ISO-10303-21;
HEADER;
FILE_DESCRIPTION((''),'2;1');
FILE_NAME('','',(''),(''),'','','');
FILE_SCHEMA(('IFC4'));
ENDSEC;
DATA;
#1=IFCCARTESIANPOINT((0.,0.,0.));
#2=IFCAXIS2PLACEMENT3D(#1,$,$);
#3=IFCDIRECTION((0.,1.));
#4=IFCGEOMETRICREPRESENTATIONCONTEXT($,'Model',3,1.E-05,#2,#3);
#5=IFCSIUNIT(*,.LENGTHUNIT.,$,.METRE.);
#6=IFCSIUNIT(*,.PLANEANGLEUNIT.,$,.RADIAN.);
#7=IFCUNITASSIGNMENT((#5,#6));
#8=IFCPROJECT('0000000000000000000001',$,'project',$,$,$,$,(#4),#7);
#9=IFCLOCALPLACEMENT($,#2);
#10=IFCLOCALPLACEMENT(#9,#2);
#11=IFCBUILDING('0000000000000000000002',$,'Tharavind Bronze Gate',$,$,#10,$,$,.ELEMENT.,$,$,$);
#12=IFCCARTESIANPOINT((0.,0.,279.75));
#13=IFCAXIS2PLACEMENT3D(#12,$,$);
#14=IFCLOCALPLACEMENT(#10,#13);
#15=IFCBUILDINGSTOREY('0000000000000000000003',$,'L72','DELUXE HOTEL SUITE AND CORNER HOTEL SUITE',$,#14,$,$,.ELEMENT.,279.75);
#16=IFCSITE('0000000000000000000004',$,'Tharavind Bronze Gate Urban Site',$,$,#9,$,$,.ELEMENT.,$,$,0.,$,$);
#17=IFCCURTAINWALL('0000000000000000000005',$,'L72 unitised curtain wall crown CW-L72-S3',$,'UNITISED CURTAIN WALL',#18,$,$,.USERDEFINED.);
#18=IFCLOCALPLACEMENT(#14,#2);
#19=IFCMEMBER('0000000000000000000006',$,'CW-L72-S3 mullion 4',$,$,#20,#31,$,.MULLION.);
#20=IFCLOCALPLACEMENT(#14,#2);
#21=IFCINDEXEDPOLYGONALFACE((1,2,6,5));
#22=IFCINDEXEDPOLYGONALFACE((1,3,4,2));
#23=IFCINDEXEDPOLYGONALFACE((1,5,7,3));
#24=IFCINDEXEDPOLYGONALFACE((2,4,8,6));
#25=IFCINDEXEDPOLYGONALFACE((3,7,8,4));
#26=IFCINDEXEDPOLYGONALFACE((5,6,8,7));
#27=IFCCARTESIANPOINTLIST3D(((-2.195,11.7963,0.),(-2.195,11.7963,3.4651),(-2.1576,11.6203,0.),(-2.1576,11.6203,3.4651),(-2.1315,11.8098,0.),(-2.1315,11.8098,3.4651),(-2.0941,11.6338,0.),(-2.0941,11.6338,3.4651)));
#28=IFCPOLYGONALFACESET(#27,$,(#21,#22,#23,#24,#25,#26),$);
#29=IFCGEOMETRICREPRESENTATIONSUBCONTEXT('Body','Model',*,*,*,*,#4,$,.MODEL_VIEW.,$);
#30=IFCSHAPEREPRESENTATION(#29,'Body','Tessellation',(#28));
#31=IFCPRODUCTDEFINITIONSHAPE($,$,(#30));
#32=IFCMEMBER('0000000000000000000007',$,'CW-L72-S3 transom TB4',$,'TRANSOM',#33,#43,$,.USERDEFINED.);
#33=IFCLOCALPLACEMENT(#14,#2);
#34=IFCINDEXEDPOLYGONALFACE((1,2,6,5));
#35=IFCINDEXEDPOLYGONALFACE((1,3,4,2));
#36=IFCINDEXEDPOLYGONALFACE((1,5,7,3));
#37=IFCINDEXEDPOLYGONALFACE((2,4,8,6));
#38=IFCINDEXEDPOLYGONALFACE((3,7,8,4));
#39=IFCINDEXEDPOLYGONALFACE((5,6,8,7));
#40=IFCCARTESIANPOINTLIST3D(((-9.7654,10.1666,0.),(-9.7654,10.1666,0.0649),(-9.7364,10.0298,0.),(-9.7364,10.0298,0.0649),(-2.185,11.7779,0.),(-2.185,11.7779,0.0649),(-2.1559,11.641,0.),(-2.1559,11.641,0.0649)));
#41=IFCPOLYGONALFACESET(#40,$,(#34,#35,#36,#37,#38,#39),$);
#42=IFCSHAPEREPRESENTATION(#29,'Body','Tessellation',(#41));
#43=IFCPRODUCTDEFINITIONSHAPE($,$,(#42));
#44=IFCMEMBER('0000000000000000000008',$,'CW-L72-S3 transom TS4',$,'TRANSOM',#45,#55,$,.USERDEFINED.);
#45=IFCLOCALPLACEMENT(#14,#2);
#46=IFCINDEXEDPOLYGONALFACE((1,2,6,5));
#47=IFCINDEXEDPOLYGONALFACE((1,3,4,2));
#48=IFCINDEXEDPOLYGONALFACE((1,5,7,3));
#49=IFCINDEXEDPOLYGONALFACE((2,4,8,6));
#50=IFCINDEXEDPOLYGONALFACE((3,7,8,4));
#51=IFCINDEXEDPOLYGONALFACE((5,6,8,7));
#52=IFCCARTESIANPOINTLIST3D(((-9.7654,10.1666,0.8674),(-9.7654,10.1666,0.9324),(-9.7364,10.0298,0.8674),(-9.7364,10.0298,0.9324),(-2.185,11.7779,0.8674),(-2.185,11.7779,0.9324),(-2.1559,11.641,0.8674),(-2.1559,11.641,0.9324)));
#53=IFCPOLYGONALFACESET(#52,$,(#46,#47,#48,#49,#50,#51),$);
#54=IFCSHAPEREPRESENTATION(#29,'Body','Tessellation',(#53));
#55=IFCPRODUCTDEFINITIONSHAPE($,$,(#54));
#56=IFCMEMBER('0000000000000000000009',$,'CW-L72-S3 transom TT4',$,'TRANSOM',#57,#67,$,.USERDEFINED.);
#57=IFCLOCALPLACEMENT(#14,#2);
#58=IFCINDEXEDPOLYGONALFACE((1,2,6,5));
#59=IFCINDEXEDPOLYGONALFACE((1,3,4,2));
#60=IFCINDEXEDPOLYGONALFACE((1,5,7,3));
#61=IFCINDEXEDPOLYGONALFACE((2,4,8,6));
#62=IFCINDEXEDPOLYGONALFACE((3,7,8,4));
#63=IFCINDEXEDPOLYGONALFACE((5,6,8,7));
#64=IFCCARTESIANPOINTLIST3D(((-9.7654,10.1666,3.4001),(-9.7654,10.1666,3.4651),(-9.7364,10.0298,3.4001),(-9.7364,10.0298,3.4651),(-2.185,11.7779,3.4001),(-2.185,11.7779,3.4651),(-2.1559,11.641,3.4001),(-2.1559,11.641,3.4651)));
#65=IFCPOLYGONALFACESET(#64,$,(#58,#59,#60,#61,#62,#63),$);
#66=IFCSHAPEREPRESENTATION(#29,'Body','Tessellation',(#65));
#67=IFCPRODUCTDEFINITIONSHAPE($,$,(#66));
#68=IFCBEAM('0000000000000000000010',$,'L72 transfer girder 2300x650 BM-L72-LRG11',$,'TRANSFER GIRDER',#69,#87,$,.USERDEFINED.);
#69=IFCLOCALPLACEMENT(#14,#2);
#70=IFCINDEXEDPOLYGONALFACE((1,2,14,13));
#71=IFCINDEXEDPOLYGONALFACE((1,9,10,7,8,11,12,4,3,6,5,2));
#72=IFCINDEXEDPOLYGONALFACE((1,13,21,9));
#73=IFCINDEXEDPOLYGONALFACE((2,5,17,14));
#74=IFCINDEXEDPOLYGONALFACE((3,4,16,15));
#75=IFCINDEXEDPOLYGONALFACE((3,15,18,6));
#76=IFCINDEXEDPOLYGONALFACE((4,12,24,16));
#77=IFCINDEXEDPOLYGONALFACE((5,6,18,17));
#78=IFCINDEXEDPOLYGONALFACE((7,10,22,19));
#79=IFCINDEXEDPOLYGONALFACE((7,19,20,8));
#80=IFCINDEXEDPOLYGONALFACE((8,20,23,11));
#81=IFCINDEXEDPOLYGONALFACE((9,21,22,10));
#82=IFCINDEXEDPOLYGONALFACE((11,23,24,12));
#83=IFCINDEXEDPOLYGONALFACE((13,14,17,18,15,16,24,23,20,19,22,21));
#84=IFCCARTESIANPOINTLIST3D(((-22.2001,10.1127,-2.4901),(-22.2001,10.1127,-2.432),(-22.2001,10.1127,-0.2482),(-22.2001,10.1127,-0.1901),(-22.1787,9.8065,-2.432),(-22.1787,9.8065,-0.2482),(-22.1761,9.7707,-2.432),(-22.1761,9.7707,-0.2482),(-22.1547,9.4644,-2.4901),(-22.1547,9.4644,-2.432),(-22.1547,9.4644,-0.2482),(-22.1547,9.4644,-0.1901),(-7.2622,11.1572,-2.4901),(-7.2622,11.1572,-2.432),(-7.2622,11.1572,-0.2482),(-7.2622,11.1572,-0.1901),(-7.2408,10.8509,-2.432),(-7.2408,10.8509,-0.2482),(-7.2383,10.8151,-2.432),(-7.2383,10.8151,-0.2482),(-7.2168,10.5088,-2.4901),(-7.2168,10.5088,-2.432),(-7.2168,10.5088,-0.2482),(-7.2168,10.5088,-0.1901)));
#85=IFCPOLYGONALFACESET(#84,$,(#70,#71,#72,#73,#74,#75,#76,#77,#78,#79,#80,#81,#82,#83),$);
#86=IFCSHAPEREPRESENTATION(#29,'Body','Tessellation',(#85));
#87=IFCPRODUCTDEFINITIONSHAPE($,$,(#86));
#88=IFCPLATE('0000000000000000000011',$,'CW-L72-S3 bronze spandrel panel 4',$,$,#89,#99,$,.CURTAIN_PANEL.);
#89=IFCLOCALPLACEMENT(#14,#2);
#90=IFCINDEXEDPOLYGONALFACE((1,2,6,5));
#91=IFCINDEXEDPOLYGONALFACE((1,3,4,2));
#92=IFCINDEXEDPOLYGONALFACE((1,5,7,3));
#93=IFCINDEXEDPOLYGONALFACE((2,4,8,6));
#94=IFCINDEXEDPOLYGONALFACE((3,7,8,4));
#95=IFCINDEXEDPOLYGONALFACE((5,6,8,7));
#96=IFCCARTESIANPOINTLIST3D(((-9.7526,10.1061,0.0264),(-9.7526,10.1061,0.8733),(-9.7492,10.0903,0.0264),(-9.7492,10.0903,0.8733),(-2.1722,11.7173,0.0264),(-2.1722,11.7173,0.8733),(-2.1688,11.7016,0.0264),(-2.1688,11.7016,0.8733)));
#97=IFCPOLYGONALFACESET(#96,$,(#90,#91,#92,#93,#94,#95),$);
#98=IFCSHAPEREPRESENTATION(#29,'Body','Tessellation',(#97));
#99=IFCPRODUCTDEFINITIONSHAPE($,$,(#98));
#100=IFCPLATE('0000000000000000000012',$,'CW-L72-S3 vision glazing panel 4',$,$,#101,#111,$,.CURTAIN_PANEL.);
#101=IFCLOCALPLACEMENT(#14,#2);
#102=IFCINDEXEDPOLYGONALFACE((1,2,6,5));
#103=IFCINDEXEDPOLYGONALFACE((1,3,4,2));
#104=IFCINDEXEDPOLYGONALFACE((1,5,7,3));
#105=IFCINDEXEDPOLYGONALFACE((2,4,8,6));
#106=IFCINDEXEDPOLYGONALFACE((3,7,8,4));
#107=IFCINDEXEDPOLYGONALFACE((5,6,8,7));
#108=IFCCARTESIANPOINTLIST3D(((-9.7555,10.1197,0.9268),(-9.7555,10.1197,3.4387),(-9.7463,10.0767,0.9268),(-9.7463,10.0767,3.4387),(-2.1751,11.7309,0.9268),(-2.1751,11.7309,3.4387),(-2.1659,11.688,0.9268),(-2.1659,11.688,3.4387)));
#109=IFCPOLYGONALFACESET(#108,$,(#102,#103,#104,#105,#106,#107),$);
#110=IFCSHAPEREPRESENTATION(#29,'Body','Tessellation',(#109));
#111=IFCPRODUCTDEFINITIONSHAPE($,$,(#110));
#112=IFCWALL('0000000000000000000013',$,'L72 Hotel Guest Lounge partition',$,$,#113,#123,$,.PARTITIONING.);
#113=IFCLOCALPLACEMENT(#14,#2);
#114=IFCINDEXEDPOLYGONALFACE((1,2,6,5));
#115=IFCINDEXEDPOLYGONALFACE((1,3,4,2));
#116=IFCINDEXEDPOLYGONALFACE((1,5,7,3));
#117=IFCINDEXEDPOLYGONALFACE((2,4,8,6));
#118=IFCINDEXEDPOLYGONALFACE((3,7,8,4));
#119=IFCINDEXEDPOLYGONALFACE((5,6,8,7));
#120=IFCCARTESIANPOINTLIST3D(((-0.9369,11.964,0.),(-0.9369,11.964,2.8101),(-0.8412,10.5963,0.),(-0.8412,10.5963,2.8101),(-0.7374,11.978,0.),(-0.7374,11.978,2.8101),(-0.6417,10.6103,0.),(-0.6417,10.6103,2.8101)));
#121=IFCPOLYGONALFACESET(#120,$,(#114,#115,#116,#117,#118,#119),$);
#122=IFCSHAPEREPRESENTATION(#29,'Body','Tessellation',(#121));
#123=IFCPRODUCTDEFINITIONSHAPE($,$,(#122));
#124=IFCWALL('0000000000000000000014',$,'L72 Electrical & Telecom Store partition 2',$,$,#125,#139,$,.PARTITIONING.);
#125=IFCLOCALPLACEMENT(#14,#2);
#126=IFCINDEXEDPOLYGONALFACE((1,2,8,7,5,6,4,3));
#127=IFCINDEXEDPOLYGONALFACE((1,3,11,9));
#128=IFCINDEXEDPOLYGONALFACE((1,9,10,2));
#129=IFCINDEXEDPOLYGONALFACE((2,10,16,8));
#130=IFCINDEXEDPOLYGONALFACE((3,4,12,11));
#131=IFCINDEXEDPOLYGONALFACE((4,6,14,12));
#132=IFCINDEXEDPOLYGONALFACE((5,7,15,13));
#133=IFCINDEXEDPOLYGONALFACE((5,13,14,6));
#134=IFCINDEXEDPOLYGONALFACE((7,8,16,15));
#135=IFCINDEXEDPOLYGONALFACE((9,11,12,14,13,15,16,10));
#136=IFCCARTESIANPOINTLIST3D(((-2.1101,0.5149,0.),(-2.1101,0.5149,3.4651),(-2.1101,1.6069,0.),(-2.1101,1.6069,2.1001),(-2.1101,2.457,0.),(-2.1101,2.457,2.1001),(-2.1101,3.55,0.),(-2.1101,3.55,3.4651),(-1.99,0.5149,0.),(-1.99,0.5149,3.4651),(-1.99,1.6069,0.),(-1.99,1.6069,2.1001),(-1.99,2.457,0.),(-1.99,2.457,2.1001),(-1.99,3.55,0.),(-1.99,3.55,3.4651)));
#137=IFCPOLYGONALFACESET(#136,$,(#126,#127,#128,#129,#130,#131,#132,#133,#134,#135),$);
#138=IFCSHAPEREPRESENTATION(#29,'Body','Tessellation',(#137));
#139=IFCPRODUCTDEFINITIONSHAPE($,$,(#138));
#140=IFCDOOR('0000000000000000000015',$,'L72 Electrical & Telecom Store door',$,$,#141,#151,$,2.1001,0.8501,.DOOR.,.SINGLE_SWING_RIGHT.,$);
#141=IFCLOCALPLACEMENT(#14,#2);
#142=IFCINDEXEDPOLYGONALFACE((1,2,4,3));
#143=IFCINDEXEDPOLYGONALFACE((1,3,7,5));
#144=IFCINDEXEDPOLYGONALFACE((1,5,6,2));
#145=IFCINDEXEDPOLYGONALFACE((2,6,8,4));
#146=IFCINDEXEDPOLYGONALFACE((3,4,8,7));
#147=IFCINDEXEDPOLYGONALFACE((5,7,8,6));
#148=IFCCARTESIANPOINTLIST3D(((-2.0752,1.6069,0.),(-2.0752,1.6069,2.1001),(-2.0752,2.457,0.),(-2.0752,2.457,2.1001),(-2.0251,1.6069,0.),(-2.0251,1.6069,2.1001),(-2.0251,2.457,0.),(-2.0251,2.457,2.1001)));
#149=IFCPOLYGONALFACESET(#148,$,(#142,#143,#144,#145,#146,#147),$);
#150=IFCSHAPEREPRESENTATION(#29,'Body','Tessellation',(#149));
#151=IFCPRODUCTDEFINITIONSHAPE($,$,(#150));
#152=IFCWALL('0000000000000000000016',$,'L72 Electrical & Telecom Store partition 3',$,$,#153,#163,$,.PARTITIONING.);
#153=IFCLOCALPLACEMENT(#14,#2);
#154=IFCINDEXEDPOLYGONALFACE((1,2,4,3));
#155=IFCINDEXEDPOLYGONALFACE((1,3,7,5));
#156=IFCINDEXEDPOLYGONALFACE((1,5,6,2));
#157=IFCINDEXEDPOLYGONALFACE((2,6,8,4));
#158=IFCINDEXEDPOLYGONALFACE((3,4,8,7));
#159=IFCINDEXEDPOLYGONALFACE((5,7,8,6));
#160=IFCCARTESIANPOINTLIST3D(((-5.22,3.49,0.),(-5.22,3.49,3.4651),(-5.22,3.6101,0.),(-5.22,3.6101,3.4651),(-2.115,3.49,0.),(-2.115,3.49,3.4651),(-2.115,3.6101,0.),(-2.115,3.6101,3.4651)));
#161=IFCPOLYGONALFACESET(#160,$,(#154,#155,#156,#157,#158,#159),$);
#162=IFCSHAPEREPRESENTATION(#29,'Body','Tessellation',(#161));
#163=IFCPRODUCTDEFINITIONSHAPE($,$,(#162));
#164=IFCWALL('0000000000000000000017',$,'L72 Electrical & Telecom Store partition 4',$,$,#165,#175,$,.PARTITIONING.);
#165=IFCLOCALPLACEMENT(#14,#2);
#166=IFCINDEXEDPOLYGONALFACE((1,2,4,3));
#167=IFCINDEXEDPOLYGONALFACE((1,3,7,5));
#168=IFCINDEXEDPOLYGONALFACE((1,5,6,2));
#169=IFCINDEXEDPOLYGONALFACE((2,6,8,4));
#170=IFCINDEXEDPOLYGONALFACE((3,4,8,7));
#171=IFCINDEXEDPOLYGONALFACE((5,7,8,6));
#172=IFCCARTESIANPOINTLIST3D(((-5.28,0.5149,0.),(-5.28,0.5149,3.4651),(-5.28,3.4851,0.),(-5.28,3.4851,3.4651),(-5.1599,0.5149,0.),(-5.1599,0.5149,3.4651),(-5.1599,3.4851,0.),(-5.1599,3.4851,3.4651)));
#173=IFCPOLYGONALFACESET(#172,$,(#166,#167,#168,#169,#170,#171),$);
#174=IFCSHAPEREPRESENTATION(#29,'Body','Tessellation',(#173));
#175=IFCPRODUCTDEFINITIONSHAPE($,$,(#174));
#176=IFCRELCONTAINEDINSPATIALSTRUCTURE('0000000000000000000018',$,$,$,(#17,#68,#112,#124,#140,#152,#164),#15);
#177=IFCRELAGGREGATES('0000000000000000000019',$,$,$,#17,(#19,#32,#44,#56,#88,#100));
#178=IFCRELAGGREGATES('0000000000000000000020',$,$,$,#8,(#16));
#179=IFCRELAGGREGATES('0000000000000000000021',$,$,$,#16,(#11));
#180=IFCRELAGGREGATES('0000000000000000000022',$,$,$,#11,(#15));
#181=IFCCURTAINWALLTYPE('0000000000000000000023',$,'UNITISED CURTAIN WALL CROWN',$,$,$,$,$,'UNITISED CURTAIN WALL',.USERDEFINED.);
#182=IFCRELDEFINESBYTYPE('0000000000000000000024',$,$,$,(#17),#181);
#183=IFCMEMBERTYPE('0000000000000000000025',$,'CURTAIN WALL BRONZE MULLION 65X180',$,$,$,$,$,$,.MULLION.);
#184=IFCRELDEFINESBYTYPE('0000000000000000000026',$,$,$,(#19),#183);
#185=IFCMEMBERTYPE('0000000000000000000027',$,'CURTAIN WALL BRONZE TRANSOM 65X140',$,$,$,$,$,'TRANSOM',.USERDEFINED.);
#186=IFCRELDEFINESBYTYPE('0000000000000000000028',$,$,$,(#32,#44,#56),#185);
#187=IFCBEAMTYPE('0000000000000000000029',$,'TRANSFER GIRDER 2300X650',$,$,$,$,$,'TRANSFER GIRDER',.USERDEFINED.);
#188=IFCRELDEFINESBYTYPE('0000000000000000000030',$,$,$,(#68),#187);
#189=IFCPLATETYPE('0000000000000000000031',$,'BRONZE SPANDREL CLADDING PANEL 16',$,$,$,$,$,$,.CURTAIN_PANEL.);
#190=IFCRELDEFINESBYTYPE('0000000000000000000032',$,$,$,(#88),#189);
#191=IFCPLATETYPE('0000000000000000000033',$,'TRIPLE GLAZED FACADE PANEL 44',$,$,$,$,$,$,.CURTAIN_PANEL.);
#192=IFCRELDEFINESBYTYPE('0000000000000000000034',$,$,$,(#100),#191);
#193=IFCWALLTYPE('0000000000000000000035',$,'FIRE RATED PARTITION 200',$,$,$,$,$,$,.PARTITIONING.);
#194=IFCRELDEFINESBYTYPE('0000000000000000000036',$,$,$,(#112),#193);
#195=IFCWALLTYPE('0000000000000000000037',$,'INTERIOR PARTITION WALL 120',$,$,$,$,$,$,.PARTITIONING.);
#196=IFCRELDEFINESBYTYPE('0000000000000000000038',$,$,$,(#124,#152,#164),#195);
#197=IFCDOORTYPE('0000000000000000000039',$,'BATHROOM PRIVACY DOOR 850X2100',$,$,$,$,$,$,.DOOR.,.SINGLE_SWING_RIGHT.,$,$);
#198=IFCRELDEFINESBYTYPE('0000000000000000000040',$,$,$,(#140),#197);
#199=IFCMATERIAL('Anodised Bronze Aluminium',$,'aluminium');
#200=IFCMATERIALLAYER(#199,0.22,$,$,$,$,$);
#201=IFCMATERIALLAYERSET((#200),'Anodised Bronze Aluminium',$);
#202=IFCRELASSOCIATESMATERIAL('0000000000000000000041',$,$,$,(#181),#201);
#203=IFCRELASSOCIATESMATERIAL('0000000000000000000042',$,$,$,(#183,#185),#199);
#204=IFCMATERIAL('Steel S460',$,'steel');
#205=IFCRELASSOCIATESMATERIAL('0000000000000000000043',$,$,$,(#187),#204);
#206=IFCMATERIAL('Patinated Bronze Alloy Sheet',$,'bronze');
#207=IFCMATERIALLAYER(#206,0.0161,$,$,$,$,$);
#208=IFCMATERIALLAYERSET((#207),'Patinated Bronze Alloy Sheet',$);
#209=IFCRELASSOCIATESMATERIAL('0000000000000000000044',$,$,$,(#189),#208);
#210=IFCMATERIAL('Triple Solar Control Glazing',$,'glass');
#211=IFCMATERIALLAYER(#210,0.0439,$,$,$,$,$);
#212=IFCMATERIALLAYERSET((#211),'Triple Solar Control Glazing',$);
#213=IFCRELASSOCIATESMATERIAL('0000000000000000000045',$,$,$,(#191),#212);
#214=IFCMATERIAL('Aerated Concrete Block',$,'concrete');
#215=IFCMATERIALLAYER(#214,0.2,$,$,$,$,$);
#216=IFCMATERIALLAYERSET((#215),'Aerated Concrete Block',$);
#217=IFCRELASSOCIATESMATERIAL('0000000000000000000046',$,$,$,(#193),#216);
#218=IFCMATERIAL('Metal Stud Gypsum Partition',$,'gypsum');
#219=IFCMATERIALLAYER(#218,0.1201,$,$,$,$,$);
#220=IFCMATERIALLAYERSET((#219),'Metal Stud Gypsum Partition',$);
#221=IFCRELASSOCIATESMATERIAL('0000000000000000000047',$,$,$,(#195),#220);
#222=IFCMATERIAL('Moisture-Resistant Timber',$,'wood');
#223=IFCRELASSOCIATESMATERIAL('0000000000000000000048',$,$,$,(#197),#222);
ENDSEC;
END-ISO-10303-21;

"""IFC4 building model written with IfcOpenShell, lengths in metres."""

from ifc_helpers import new_model, si_unit, direction, frame, frame_2d, origin, origin_2d, place, context, subcontext, project, spatial, rectangle, i_section, extrude, material, layer, layer_set, material_profile, profile_set, type_object, element, fill, aggregate, save


model = new_model("IFC4")

# Units and contexts
model_context = context("Model", 3, precision=1e-05, world=origin(), true_north=direction((0.0, 1.0)))
body_context = subcontext(model_context, "Body", "Model", "MODEL_VIEW")
ifc_project = project(units=[si_unit("LENGTHUNIT", "METRE"), si_unit("PLANEANGLEUNIT", "RADIAN")], contexts=[model_context])

# Site, building, storey
site_placement = place(None, origin())
site = spatial("IfcSite", under=ifc_project, at=site_placement, Name="Tharavind Bronze Gate Urban Site", CompositionType="ELEMENT", RefElevation=0.0)
building_placement = place(site_placement, origin())
building = spatial("IfcBuilding", under=site, at=building_placement, Name="Tharavind Bronze Gate", CompositionType="ELEMENT")
storey_placement = place(building_placement, frame((0.0, 0.0, 279.75)))
storey = spatial("IfcBuildingStorey", under=building, at=storey_placement, Name="L72", Description="DELUXE HOTEL SUITE AND CORNER HOTEL SUITE", CompositionType="ELEMENT", Elevation=279.75)

# Curtain wall, members
ifc_material_1 = material(Name="Anodised Bronze Aluminium", Category="aluminium")
ifc_layer_1 = layer(ifc_material_1, 0.22)
ifc_layer_set_1 = layer_set([ifc_layer_1], Name="Anodised Bronze Aluminium")
curtain_wall_type = type_object("IfcCurtainWallType", Name="UNITISED CURTAIN WALL CROWN", ElementType="UNITISED CURTAIN WALL", PredefinedType="USERDEFINED", material=ifc_layer_set_1)
curtain_wall_placement = place(storey_placement, origin())
curtain_wall = element("IfcCurtainWall", 1, at=curtain_wall_placement, inside=storey, type_object=curtain_wall_type, Name="L72 unitised curtain wall crown CW-L72-S3", ObjectType="UNITISED CURTAIN WALL", PredefinedType="USERDEFINED")
member_type_1 = type_object("IfcMemberType", Name="CURTAIN WALL BRONZE MULLION 65X180", PredefinedType="MULLION", material=ifc_material_1)
member_1_placement = place(storey_placement, frame((-2.1445, 11.7151, 0.0), z_axis=(0.0, 0.0, 1.0), x_axis=(-0.978147, -0.207913, 0.0)))
member_1 = element("IfcMember", 2, at=member_1_placement, type_object=member_type_1, Name="CW-L72-S3 mullion 4", PredefinedType="MULLION", context=body_context, shape_type="SweptSolid", body=[
    extrude(rectangle(XDim=0.0649, YDim=0.1799, at=origin_2d()), origin(), (0.0, 0.0, 1.0), 3.4651),
])
member_type_2 = type_object("IfcMemberType", Name="CURTAIN WALL BRONZE TRANSOM 65X140", ElementType="TRANSOM", PredefinedType="USERDEFINED", material=ifc_material_1)
member_2_placement = place(storey_placement, frame((-5.9607, 10.9038, 0.0), z_axis=(0.0, 0.0, 1.0), x_axis=(-0.978147, -0.207913, 0.0)))
member_2 = element("IfcMember", 3, at=member_2_placement, type_object=member_type_2, Name="CW-L72-S3 transom TB4", ObjectType="TRANSOM", PredefinedType="USERDEFINED", context=body_context, shape_type="SweptSolid", body=[
    extrude(rectangle(XDim=7.7498, YDim=0.1399, at=origin_2d()), origin(), (0.0, 0.0, 1.0), 0.0649),
])
member_3_placement = place(storey_placement, frame((-5.9607, 10.9038, 0.8674), z_axis=(0.0, 0.0, 1.0), x_axis=(-0.978147, -0.207913, 0.0)))
member_3 = element("IfcMember", 4, at=member_3_placement, type_object=member_type_2, Name="CW-L72-S3 transom TS4", ObjectType="TRANSOM", PredefinedType="USERDEFINED", context=body_context, shape_type="SweptSolid", body=[
    extrude(rectangle(XDim=7.7498, YDim=0.1399, at=origin_2d()), origin(), (0.0, 0.0, 1.0), 0.0649),
])
member_4_placement = place(storey_placement, frame((-5.9607, 10.9038, 3.4001), z_axis=(0.0, 0.0, 1.0), x_axis=(-0.978147, -0.207913, 0.0)))
member_4 = element("IfcMember", 5, at=member_4_placement, type_object=member_type_2, Name="CW-L72-S3 transom TT4", ObjectType="TRANSOM", PredefinedType="USERDEFINED", context=body_context, shape_type="SweptSolid", body=[
    extrude(rectangle(XDim=7.7498, YDim=0.1399, at=origin_2d()), origin(), (0.0, 0.0, 1.0), 0.0649),
])

# Beam
ifc_material_2 = material(Name="Steel S460", Category="steel")
ifc_material_profile = material_profile(ifc_material_2, i_section(OverallWidth=0.6499, OverallDepth=2.3, WebThickness=0.0359, FlangeThickness=0.0581, at=origin_2d()), Name="PG2300X650")
ifc_profile_set = profile_set([ifc_material_profile], Name="Steel S460")
beam_type = type_object("IfcBeamType", Name="TRANSFER GIRDER 2300X650", ElementType="TRANSFER GIRDER", PredefinedType="USERDEFINED", material=ifc_profile_set)
beam_placement = place(storey_placement, frame((-7.2395, 10.833, -1.3401), z_axis=(-0.997565, -0.069748, 0.0), x_axis=(0.069748, -0.997565, 0.0)))
element("IfcBeam", 6, at=beam_placement, inside=storey, type_object=beam_type, Name="L72 transfer girder 2300x650 BM-L72-LRG11", ObjectType="TRANSFER GIRDER", PredefinedType="USERDEFINED", context=body_context, shape_type="SweptSolid", body=[
    extrude(i_section(OverallWidth=0.6499, OverallDepth=2.3, WebThickness=0.0359, FlangeThickness=0.0581, at=origin_2d()), origin(), (0.0, 0.0, 1.0), 14.9744),
])

# Plates
ifc_material_3 = material(Name="Patinated Bronze Alloy Sheet", Category="bronze")
ifc_layer_2 = layer(ifc_material_3, 0.0161)
ifc_layer_set_2 = layer_set([ifc_layer_2], Name="Patinated Bronze Alloy Sheet")
plate_type_1 = type_object("IfcPlateType", Name="BRONZE SPANDREL CLADDING PANEL 16", PredefinedType="CURTAIN_PANEL", material=ifc_layer_set_2)
plate_1_placement = place(storey_placement, frame((-5.9607, 10.9038, 0.0264), z_axis=(0.0, 0.0, 1.0), x_axis=(-0.978147, -0.207913, 0.0)))
plate_1 = element("IfcPlate", 7, at=plate_1_placement, type_object=plate_type_1, Name="CW-L72-S3 bronze spandrel panel 4", PredefinedType="CURTAIN_PANEL", context=body_context, shape_type="SweptSolid", body=[
    extrude(rectangle(XDim=7.7498, YDim=0.0161, at=origin_2d()), origin(), (0.0, 0.0, 1.0), 0.8469),
])
ifc_material_4 = material(Name="Triple Solar Control Glazing", Category="glass")
ifc_layer_3 = layer(ifc_material_4, 0.0439)
ifc_layer_set_3 = layer_set([ifc_layer_3], Name="Triple Solar Control Glazing")
plate_type_2 = type_object("IfcPlateType", Name="TRIPLE GLAZED FACADE PANEL 44", PredefinedType="CURTAIN_PANEL", material=ifc_layer_set_3)
plate_2_placement = place(storey_placement, frame((-5.9607, 10.9038, 0.9268), z_axis=(0.0, 0.0, 1.0), x_axis=(-0.978147, -0.207913, 0.0)))
plate_2 = element("IfcPlate", 8, at=plate_2_placement, type_object=plate_type_2, Name="CW-L72-S3 vision glazing panel 4", PredefinedType="CURTAIN_PANEL", context=body_context, shape_type="SweptSolid", body=[
    extrude(rectangle(XDim=7.7498, YDim=0.0439, at=origin_2d()), origin(), (0.0, 0.0, 1.0), 2.512),
])
aggregate(curtain_wall, [member_1, member_2, member_3, member_4, plate_1, plate_2])

# Wall
ifc_material_5 = material(Name="Aerated Concrete Block", Category="concrete")
ifc_layer_4 = layer(ifc_material_5, 0.2)
ifc_layer_set_4 = layer_set([ifc_layer_4], Name="Aerated Concrete Block")
wall_type_1 = type_object("IfcWallType", Name="FIRE RATED PARTITION 200", PredefinedType="PARTITIONING", material=ifc_layer_set_4)
wall_1_placement = place(storey_placement, frame((-0.7415, 10.6033, 0.0), z_axis=(0.0, 0.0, 1.0), x_axis=(-0.069804, 0.997561, 0.0)))
element("IfcWall", 9, at=wall_1_placement, inside=storey, type_object=wall_type_1, Name="L72 Hotel Guest Lounge partition", PredefinedType="PARTITIONING", context=body_context, shape_type="SweptSolid", body=[
    extrude(rectangle(XDim=1.3711, YDim=0.2, at=frame_2d((0.6855, 0.0))), origin(), (0.0, 0.0, 1.0), 2.8101),
])

# Wall, opening, door
ifc_material_6 = material(Name="Metal Stud Gypsum Partition", Category="gypsum")
ifc_layer_5 = layer(ifc_material_6, 0.1201)
ifc_layer_set_5 = layer_set([ifc_layer_5], Name="Metal Stud Gypsum Partition")
wall_type_2 = type_object("IfcWallType", Name="INTERIOR PARTITION WALL 120", PredefinedType="PARTITIONING", material=ifc_layer_set_5)
wall_2_placement = place(storey_placement, frame((-2.05, 0.5149, 0.0), z_axis=(0.0, 0.0, 1.0), x_axis=(0.0, 1.0, 0.0)))
wall_2 = element("IfcWall", 10, at=wall_2_placement, inside=storey, type_object=wall_type_2, Name="L72 Electrical & Telecom Store partition 2", PredefinedType="PARTITIONING", context=body_context, shape_type="SweptSolid", body=[
    extrude(rectangle(XDim=3.0352, YDim=0.1201, at=frame_2d((1.5176, 0.0))), origin(), (0.0, 0.0, 1.0), 3.4651),
])
opening_placement = place(wall_2_placement, frame((1.092, 0.0, 0.0)))
opening = element("IfcOpeningElement", 11, at=opening_placement, cuts=wall_2, PredefinedType="OPENING", context=body_context, shape_type="SweptSolid", body=[
    extrude(rectangle(XDim=0.8501, YDim=2.1001, at=frame_2d((0.425, 1.05))), frame((0.0, 0.0701, 0.0), z_axis=(0.0, -1.0, 0.0), x_axis=(1.0, 0.0, 0.0)), (0.0, 0.0, 1.0), 0.1401),
])
ifc_material_7 = material(Name="Moisture-Resistant Timber", Category="wood")
door_type = type_object("IfcDoorType", Name="BATHROOM PRIVACY DOOR 850X2100", OperationType="SINGLE_SWING_RIGHT", PredefinedType="DOOR", material=ifc_material_7)
door_placement = place(opening_placement, frame((0.8501, 0.0, 0.0), z_axis=(0.0, 0.0, 1.0), x_axis=(-1.0, 0.0, 0.0)))
door = element("IfcDoor", 12, at=door_placement, inside=storey, type_object=door_type, Name="L72 Electrical & Telecom Store door", OperationType="SINGLE_SWING_RIGHT", OverallHeight=2.1001, OverallWidth=0.8501, PredefinedType="DOOR", context=body_context, shape_type="SweptSolid", body=[
    extrude(rectangle(XDim=0.8501, YDim=2.1001, at=frame_2d((0.425, 1.05))), frame((0.0, 0.0249, 0.0), z_axis=(0.0, -1.0, 0.0), x_axis=(1.0, 0.0, 0.0)), (0.0, 0.0, 1.0), 0.05),
])
fill(opening, door)

# Walls
wall_3_placement = place(storey_placement, frame((-2.115, 3.55, 0.0), z_axis=(0.0, 0.0, 1.0), x_axis=(-1.0, 0.0, 0.0)))
element("IfcWall", 13, at=wall_3_placement, inside=storey, type_object=wall_type_2, Name="L72 Electrical & Telecom Store partition 3", PredefinedType="PARTITIONING", context=body_context, shape_type="SweptSolid", body=[
    extrude(rectangle(XDim=3.105, YDim=0.1201, at=frame_2d((1.5525, 0.0))), origin(), (0.0, 0.0, 1.0), 3.4651),
])
wall_4_placement = place(storey_placement, frame((-5.22, 3.4851, 0.0), z_axis=(0.0, 0.0, 1.0), x_axis=(0.0, -1.0, 0.0)))
element("IfcWall", 14, at=wall_4_placement, inside=storey, type_object=wall_type_2, Name="L72 Electrical & Telecom Store partition 4", PredefinedType="PARTITIONING", context=body_context, shape_type="SweptSolid", body=[
    extrude(rectangle(XDim=2.9702, YDim=0.1201, at=frame_2d((1.4851, 0.0))), origin(), (0.0, 0.0, 1.0), 3.4651),
])

save(model, "model.ifc")
